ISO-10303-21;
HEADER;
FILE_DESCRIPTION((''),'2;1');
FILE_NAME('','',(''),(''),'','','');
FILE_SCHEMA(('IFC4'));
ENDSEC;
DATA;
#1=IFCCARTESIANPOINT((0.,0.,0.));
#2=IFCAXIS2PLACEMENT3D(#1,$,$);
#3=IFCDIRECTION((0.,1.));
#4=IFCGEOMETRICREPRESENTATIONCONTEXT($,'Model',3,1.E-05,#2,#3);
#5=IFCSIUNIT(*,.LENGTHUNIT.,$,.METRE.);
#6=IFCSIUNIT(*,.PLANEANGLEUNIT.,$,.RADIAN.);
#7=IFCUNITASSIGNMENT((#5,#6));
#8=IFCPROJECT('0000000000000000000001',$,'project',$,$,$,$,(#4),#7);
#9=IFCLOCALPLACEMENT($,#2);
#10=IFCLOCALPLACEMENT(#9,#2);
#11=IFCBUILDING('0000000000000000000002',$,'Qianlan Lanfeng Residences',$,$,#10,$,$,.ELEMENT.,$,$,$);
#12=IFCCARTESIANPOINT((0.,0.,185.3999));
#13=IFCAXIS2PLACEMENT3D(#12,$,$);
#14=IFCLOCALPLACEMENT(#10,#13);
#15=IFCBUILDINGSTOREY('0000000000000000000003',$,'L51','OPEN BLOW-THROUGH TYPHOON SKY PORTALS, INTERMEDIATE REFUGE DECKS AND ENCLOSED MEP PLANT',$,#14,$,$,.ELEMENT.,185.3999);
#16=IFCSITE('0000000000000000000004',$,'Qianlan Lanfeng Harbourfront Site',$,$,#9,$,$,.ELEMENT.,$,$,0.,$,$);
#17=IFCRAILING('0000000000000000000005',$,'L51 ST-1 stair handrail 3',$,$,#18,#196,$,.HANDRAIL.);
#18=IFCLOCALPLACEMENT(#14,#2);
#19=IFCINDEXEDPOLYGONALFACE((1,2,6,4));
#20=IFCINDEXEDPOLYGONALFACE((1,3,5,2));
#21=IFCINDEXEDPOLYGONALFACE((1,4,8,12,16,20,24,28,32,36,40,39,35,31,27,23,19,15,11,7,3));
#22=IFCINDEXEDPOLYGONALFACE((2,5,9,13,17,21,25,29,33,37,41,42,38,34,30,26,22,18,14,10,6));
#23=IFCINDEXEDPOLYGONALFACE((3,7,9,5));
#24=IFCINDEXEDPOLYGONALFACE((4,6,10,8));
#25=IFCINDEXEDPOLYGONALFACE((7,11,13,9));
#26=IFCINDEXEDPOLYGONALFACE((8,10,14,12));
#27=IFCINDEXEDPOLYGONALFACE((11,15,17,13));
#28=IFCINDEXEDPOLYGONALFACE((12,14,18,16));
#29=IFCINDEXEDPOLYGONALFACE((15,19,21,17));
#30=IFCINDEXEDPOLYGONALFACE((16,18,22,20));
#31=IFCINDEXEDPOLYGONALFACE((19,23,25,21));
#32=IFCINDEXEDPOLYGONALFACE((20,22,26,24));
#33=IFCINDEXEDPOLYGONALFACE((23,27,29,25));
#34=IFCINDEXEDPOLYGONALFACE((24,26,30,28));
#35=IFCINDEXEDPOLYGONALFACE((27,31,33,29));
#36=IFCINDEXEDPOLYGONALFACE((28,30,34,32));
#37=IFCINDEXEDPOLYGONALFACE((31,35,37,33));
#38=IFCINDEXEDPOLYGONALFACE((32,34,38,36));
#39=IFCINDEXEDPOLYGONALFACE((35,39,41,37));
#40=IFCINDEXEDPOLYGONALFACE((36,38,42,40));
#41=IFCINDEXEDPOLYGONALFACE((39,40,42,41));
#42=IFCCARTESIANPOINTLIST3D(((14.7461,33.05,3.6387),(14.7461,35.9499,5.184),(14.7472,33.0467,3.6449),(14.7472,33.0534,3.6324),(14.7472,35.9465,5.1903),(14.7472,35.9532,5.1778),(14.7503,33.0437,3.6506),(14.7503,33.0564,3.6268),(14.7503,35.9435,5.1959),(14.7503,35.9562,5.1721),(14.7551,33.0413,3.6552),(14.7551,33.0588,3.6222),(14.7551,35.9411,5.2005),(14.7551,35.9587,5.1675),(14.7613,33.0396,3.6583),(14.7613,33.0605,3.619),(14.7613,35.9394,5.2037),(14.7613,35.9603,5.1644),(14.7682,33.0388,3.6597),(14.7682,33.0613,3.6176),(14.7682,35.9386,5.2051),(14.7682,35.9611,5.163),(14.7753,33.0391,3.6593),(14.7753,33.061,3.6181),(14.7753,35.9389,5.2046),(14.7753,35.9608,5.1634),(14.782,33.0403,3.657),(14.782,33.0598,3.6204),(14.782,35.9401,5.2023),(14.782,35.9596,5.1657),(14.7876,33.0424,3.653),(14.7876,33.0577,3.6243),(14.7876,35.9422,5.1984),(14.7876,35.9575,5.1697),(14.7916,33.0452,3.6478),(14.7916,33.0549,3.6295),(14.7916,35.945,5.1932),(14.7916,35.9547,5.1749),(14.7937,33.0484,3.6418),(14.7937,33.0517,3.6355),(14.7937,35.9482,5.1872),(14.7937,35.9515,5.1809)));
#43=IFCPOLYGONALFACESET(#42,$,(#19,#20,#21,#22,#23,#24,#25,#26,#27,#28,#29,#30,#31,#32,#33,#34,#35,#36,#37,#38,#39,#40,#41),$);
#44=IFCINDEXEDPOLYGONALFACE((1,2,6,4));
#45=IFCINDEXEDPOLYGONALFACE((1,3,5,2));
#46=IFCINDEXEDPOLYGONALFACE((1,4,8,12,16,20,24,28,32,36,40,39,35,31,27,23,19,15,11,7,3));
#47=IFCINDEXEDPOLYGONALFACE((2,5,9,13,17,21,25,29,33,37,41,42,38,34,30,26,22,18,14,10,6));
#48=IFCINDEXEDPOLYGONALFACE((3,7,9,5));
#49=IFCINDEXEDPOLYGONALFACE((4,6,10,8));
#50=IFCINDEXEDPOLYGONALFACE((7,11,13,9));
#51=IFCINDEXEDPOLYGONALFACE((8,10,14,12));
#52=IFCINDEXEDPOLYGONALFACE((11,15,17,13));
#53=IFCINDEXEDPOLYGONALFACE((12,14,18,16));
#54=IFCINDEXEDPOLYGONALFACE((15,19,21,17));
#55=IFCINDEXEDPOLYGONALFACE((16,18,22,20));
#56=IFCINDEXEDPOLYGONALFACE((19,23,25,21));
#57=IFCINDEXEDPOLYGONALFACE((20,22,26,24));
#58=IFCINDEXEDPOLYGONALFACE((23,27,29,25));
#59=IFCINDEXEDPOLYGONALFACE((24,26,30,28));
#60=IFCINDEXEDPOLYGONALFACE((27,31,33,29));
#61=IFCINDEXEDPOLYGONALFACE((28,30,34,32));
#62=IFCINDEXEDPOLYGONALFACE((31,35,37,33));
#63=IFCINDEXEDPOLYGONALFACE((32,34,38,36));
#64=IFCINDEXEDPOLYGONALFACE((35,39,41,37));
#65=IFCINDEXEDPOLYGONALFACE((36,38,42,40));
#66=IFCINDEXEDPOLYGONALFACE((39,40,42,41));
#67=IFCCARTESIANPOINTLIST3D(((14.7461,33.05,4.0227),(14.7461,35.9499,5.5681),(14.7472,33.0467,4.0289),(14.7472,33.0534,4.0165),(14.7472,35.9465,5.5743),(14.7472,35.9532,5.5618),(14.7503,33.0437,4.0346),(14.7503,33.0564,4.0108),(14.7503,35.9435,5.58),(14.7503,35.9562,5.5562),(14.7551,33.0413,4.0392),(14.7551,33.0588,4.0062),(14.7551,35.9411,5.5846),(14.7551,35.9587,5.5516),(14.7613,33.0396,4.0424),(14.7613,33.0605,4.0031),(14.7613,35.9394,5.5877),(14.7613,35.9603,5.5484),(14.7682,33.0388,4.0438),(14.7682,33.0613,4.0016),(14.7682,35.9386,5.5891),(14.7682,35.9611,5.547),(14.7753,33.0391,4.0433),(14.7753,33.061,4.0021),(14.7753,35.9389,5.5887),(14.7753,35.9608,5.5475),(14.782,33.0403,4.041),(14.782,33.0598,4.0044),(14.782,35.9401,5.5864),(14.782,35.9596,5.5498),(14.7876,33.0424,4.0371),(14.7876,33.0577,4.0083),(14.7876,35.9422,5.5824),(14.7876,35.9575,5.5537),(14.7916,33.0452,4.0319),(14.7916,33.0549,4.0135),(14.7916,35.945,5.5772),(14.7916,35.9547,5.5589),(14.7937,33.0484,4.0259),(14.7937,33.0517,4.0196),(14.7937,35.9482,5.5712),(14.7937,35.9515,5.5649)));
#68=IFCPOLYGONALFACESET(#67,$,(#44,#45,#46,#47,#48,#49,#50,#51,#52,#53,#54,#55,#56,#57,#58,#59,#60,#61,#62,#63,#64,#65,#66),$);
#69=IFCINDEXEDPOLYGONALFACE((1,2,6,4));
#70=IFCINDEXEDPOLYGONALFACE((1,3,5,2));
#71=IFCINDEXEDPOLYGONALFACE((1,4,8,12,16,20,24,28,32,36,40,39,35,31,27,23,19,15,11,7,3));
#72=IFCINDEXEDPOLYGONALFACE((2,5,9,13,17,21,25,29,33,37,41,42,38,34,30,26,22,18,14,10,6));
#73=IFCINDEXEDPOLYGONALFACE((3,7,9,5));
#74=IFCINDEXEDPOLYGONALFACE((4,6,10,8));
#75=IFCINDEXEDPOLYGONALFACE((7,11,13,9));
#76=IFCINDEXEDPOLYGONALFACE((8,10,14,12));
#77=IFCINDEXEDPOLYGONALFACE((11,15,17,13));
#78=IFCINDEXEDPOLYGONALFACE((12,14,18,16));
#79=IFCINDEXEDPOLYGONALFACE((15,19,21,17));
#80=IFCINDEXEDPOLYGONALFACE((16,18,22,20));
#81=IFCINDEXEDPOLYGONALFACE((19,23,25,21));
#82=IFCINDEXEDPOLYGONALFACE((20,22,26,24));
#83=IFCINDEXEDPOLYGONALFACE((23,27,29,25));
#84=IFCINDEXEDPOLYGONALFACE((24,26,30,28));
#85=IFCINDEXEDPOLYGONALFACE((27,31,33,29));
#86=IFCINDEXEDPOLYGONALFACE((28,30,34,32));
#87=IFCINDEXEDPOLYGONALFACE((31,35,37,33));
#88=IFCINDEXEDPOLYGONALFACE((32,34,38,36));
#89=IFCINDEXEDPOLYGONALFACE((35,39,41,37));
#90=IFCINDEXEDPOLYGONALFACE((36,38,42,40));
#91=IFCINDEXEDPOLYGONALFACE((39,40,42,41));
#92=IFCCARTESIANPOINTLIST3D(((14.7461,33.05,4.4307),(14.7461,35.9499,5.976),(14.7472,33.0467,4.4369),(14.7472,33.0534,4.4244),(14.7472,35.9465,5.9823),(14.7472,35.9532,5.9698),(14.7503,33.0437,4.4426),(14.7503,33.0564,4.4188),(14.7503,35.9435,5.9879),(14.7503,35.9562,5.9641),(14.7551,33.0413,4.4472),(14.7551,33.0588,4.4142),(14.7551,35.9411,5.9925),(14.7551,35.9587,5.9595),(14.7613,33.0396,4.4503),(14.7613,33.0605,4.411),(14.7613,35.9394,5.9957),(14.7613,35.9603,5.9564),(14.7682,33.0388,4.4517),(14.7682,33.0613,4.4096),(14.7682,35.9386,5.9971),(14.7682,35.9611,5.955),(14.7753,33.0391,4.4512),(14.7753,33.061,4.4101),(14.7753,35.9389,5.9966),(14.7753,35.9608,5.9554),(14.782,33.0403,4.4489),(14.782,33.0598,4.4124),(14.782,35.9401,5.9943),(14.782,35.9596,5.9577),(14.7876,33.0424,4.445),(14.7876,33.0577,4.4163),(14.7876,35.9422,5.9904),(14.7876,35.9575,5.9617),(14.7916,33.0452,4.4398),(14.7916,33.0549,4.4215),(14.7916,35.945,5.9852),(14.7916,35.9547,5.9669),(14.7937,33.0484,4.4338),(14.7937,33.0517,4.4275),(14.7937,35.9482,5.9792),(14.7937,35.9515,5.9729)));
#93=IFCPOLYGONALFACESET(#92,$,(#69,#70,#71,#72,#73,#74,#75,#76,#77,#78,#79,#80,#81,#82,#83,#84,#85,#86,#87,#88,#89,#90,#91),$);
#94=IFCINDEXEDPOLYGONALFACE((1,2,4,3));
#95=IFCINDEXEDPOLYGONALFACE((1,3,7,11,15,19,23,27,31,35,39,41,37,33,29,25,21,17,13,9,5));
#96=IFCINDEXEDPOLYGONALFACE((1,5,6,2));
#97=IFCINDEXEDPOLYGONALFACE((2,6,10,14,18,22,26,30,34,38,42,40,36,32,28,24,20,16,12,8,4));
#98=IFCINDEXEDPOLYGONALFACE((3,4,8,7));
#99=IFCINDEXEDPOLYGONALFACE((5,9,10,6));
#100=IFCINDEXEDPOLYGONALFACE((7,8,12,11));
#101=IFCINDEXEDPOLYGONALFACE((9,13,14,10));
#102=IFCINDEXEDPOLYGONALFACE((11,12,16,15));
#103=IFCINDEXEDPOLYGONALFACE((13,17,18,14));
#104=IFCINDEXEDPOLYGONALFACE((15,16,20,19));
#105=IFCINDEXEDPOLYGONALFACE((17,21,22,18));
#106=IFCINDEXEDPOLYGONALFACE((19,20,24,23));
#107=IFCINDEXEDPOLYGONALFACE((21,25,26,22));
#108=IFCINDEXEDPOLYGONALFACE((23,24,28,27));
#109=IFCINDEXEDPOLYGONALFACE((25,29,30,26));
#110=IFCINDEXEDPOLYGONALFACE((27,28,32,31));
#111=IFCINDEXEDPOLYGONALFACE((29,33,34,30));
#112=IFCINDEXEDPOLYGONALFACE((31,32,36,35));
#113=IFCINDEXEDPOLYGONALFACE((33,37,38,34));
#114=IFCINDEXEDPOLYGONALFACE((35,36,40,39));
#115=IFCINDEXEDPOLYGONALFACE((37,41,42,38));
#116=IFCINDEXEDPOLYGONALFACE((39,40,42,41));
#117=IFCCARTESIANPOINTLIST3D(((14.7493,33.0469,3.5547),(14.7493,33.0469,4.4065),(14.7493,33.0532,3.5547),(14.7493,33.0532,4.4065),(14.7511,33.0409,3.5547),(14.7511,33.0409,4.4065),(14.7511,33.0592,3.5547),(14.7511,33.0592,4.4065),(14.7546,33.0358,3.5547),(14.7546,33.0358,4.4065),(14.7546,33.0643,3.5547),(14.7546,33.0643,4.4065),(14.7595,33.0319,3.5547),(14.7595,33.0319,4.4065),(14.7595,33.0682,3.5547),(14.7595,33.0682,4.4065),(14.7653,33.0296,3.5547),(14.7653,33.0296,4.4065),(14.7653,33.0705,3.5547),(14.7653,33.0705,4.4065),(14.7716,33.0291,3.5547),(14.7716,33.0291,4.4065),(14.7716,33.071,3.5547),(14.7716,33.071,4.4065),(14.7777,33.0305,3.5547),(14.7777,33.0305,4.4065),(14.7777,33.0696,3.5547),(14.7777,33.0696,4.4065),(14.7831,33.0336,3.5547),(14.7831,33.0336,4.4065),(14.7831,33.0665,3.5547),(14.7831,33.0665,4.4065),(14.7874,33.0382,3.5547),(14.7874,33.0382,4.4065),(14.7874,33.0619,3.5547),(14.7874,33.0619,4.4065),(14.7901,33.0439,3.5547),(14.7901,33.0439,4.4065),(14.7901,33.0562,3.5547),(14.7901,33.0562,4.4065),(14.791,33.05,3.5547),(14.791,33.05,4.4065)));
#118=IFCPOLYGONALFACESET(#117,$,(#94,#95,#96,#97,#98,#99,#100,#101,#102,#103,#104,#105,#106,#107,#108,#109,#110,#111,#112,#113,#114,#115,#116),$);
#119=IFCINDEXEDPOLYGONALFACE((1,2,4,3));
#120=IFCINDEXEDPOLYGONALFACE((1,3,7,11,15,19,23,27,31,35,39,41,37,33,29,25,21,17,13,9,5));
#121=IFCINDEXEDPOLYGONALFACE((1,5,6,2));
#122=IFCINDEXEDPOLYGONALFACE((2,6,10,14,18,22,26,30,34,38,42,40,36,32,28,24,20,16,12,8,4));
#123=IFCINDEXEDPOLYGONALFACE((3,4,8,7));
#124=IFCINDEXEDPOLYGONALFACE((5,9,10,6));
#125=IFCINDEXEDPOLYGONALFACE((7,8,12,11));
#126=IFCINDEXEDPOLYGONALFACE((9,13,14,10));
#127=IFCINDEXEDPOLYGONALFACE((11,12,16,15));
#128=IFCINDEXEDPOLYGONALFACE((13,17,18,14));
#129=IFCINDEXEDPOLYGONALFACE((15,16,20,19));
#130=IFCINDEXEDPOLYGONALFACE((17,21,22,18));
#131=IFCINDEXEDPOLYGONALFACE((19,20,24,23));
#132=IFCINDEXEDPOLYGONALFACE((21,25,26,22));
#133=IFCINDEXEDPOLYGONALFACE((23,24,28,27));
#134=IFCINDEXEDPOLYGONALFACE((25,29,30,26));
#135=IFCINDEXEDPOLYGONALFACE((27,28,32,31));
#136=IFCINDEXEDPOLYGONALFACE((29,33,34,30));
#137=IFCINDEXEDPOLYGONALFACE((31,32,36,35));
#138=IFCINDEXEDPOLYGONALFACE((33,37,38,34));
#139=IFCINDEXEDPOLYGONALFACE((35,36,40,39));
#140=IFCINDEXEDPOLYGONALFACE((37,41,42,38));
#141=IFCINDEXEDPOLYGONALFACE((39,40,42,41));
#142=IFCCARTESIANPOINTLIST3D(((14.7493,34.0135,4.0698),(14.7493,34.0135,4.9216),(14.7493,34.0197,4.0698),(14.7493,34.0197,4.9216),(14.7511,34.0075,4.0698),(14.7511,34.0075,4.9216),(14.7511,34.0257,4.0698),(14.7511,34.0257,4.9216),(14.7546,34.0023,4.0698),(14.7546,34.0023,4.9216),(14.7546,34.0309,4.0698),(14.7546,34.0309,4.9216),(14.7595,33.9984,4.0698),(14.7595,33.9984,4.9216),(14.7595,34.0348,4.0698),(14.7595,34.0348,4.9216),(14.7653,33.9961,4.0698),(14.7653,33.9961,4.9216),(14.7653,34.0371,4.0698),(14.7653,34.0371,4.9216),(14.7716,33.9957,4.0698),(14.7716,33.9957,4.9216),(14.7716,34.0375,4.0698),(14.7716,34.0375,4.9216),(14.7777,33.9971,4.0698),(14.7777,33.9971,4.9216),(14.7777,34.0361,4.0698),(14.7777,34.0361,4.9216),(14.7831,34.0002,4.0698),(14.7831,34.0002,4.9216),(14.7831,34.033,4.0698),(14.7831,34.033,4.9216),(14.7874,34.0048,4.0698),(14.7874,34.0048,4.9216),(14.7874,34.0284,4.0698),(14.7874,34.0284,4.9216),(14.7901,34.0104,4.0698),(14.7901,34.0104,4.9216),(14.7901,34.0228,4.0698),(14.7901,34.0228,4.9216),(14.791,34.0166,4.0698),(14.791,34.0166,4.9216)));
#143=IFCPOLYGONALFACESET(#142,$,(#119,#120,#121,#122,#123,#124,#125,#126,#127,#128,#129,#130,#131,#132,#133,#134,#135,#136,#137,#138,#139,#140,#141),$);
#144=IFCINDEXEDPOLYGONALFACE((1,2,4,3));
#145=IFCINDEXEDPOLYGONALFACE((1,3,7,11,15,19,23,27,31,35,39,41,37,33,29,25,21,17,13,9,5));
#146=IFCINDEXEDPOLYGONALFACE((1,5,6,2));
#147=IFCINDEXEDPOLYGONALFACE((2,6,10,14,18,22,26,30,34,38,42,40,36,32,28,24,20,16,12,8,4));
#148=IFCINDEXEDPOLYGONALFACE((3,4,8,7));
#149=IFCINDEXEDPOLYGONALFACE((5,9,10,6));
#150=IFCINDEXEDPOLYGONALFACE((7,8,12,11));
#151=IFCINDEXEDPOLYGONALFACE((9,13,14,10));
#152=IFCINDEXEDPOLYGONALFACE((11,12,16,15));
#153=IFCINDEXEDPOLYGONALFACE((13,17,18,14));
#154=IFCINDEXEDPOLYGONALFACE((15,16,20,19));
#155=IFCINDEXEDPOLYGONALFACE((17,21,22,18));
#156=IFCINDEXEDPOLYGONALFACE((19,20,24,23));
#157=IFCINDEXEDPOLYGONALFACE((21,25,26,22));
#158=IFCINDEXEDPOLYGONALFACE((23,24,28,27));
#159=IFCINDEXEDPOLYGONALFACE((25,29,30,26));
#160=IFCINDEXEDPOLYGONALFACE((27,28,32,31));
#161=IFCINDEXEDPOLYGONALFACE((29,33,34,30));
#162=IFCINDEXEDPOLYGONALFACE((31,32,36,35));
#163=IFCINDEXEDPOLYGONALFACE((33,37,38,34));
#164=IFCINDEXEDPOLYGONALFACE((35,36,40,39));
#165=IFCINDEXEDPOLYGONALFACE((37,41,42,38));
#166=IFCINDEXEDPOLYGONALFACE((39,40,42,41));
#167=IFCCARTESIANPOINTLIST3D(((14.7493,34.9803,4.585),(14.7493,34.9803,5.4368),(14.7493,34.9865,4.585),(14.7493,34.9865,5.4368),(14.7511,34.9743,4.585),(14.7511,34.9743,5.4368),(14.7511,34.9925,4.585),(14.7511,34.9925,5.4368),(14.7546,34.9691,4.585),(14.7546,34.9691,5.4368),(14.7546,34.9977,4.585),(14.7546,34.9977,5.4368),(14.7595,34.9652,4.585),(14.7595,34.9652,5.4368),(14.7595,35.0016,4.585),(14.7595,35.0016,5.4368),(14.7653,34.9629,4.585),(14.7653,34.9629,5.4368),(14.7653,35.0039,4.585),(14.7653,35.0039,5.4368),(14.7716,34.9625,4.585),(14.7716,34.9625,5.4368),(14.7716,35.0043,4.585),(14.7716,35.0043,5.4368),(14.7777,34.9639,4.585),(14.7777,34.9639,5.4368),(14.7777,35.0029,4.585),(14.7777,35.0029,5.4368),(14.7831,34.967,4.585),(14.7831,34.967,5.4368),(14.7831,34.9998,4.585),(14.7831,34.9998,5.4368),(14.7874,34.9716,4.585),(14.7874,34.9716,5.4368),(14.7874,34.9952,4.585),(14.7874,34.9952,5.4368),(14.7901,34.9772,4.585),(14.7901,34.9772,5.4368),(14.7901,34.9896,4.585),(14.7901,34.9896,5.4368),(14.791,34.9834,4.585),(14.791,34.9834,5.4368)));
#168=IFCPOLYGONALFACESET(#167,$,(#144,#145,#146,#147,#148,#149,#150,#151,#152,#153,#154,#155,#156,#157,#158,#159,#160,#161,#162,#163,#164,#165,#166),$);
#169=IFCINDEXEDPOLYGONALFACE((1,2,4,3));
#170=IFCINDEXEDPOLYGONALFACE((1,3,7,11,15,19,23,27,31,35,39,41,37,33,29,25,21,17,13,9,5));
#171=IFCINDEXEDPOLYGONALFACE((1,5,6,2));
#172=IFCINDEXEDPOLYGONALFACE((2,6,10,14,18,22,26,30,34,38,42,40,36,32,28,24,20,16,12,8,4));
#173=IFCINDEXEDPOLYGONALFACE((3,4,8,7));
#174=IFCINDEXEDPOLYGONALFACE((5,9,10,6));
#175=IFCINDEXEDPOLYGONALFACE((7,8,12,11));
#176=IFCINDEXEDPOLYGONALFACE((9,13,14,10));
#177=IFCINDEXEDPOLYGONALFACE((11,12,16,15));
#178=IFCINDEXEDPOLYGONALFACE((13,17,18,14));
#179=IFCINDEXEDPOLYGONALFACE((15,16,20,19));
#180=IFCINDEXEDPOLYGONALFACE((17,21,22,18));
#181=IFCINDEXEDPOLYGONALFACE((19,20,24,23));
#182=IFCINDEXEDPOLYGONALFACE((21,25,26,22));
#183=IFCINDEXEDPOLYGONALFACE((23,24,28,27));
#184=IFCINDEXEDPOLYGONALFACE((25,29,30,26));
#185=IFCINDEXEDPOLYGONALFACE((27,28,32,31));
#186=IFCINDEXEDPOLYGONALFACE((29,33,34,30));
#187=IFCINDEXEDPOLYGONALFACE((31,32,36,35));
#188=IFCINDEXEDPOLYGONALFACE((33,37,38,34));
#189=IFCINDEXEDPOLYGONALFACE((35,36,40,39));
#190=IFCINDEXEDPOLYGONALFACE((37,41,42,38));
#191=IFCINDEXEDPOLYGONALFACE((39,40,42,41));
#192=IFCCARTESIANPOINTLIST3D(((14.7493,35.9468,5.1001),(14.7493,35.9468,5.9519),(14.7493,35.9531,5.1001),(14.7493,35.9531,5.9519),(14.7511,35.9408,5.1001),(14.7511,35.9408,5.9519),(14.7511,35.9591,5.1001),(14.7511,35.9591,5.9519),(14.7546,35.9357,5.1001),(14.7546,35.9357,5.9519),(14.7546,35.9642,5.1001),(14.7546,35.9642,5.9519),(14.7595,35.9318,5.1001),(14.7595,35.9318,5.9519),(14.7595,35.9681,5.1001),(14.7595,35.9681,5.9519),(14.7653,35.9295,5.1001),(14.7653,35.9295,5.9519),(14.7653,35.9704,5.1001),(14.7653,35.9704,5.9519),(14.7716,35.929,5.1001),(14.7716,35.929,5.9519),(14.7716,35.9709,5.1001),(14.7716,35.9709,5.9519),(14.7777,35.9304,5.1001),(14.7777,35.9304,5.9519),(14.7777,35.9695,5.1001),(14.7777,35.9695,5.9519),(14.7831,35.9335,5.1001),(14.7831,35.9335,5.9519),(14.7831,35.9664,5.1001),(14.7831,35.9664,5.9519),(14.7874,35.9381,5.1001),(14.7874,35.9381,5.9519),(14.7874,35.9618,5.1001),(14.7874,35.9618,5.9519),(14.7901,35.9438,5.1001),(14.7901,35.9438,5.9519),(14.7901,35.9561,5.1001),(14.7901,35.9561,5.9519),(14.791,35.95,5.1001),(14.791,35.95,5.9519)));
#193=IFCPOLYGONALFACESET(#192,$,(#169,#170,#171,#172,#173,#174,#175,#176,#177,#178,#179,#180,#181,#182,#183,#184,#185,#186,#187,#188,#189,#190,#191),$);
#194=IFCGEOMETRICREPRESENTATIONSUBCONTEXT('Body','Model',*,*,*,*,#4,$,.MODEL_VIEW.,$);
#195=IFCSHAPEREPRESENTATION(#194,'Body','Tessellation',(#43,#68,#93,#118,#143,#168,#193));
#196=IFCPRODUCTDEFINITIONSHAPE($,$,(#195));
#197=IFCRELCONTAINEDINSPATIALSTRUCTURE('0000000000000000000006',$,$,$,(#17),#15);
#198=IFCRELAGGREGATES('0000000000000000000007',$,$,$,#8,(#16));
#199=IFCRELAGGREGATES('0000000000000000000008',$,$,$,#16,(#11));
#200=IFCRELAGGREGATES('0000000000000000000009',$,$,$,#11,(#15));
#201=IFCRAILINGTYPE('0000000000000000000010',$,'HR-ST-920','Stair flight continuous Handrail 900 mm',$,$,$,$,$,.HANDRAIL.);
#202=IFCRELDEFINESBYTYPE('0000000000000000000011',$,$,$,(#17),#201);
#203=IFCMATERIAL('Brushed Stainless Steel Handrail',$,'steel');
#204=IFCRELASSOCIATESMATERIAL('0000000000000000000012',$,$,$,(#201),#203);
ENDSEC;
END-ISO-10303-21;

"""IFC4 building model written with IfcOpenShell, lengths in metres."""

from ifc_helpers import new_model, si_unit, direction, frame, origin, origin_2d, place, context, subcontext, project, spatial, circle, extrude, material, type_object, element, save


model = new_model("IFC4")

# Units and contexts
model_context = context("Model", 3, precision=1e-05, world=origin(), true_north=direction((0.0, 1.0)))
body_context = subcontext(model_context, "Body", "Model", "MODEL_VIEW")
ifc_project = project(units=[si_unit("LENGTHUNIT", "METRE"), si_unit("PLANEANGLEUNIT", "RADIAN")], contexts=[model_context])

# Site, building, storey
site_placement = place(None, origin())
site = spatial("IfcSite", under=ifc_project, at=site_placement, Name="Qianlan Lanfeng Harbourfront Site", CompositionType="ELEMENT", RefElevation=0.0)
building_placement = place(site_placement, origin())
building = spatial("IfcBuilding", under=site, at=building_placement, Name="Qianlan Lanfeng Residences", CompositionType="ELEMENT")
storey_placement = place(building_placement, frame((0.0, 0.0, 185.3999)))
storey = spatial("IfcBuildingStorey", under=building, at=storey_placement, Name="L51", Description="OPEN BLOW-THROUGH TYPHOON SKY PORTALS, INTERMEDIATE REFUGE DECKS AND ENCLOSED MEP PLANT", CompositionType="ELEMENT", Elevation=185.3999)

# Railing
ifc_material_1 = material(Name="Brushed Stainless Steel Handrail", Category="steel")
railing_type_1 = type_object("IfcRailingType", Name="HR-ST-920", Description="Stair flight continuous Handrail 900 mm", PredefinedType="HANDRAIL", material=ifc_material_1)
railing_1_placement = place(storey_placement, frame((14.77, 33.05, 3.5547)))
element("IfcRailing", 1, at=railing_1_placement, inside=storey, type_object=railing_type_1, Name="L51 ST-1 stair handrail 3", PredefinedType="HANDRAIL", context=body_context, shape_type="SweptSolid", body=[
    extrude(circle(Radius=0.0239, at=origin_2d()), frame((0.0, 0.0, 0.084), z_axis=(0.0, 0.882505, 0.470303), x_axis=(-1.0, 0.0, 0.0)), (0.0, 0.0, 1.0), 3.2859),
    extrude(circle(Radius=0.0239, at=origin_2d()), frame((0.0, 0.0, 0.468), z_axis=(0.0, 0.882505, 0.470303), x_axis=(-1.0, 0.0, 0.0)), (0.0, 0.0, 1.0), 3.2859),
    extrude(circle(Radius=0.0239, at=origin_2d()), frame((0.0, 0.0, 0.876), z_axis=(0.0, 0.882505, 0.470303), x_axis=(-1.0, 0.0, 0.0)), (0.0, 0.0, 1.0), 3.2859),
    extrude(circle(Radius=0.021, at=origin_2d()), origin(), (0.0, 0.0, 1.0), 0.8518),
    extrude(circle(Radius=0.021, at=origin_2d()), frame((0.0, 0.9666, 0.5151)), (0.0, 0.0, 1.0), 0.8518),
    extrude(circle(Radius=0.021, at=origin_2d()), frame((0.0, 1.9333, 1.0303)), (0.0, 0.0, 1.0), 0.8518),
    extrude(circle(Radius=0.021, at=origin_2d()), frame((0.0, 2.8999, 1.5454)), (0.0, 0.0, 1.0), 0.8518),
])

save(model, "model.ifc")
